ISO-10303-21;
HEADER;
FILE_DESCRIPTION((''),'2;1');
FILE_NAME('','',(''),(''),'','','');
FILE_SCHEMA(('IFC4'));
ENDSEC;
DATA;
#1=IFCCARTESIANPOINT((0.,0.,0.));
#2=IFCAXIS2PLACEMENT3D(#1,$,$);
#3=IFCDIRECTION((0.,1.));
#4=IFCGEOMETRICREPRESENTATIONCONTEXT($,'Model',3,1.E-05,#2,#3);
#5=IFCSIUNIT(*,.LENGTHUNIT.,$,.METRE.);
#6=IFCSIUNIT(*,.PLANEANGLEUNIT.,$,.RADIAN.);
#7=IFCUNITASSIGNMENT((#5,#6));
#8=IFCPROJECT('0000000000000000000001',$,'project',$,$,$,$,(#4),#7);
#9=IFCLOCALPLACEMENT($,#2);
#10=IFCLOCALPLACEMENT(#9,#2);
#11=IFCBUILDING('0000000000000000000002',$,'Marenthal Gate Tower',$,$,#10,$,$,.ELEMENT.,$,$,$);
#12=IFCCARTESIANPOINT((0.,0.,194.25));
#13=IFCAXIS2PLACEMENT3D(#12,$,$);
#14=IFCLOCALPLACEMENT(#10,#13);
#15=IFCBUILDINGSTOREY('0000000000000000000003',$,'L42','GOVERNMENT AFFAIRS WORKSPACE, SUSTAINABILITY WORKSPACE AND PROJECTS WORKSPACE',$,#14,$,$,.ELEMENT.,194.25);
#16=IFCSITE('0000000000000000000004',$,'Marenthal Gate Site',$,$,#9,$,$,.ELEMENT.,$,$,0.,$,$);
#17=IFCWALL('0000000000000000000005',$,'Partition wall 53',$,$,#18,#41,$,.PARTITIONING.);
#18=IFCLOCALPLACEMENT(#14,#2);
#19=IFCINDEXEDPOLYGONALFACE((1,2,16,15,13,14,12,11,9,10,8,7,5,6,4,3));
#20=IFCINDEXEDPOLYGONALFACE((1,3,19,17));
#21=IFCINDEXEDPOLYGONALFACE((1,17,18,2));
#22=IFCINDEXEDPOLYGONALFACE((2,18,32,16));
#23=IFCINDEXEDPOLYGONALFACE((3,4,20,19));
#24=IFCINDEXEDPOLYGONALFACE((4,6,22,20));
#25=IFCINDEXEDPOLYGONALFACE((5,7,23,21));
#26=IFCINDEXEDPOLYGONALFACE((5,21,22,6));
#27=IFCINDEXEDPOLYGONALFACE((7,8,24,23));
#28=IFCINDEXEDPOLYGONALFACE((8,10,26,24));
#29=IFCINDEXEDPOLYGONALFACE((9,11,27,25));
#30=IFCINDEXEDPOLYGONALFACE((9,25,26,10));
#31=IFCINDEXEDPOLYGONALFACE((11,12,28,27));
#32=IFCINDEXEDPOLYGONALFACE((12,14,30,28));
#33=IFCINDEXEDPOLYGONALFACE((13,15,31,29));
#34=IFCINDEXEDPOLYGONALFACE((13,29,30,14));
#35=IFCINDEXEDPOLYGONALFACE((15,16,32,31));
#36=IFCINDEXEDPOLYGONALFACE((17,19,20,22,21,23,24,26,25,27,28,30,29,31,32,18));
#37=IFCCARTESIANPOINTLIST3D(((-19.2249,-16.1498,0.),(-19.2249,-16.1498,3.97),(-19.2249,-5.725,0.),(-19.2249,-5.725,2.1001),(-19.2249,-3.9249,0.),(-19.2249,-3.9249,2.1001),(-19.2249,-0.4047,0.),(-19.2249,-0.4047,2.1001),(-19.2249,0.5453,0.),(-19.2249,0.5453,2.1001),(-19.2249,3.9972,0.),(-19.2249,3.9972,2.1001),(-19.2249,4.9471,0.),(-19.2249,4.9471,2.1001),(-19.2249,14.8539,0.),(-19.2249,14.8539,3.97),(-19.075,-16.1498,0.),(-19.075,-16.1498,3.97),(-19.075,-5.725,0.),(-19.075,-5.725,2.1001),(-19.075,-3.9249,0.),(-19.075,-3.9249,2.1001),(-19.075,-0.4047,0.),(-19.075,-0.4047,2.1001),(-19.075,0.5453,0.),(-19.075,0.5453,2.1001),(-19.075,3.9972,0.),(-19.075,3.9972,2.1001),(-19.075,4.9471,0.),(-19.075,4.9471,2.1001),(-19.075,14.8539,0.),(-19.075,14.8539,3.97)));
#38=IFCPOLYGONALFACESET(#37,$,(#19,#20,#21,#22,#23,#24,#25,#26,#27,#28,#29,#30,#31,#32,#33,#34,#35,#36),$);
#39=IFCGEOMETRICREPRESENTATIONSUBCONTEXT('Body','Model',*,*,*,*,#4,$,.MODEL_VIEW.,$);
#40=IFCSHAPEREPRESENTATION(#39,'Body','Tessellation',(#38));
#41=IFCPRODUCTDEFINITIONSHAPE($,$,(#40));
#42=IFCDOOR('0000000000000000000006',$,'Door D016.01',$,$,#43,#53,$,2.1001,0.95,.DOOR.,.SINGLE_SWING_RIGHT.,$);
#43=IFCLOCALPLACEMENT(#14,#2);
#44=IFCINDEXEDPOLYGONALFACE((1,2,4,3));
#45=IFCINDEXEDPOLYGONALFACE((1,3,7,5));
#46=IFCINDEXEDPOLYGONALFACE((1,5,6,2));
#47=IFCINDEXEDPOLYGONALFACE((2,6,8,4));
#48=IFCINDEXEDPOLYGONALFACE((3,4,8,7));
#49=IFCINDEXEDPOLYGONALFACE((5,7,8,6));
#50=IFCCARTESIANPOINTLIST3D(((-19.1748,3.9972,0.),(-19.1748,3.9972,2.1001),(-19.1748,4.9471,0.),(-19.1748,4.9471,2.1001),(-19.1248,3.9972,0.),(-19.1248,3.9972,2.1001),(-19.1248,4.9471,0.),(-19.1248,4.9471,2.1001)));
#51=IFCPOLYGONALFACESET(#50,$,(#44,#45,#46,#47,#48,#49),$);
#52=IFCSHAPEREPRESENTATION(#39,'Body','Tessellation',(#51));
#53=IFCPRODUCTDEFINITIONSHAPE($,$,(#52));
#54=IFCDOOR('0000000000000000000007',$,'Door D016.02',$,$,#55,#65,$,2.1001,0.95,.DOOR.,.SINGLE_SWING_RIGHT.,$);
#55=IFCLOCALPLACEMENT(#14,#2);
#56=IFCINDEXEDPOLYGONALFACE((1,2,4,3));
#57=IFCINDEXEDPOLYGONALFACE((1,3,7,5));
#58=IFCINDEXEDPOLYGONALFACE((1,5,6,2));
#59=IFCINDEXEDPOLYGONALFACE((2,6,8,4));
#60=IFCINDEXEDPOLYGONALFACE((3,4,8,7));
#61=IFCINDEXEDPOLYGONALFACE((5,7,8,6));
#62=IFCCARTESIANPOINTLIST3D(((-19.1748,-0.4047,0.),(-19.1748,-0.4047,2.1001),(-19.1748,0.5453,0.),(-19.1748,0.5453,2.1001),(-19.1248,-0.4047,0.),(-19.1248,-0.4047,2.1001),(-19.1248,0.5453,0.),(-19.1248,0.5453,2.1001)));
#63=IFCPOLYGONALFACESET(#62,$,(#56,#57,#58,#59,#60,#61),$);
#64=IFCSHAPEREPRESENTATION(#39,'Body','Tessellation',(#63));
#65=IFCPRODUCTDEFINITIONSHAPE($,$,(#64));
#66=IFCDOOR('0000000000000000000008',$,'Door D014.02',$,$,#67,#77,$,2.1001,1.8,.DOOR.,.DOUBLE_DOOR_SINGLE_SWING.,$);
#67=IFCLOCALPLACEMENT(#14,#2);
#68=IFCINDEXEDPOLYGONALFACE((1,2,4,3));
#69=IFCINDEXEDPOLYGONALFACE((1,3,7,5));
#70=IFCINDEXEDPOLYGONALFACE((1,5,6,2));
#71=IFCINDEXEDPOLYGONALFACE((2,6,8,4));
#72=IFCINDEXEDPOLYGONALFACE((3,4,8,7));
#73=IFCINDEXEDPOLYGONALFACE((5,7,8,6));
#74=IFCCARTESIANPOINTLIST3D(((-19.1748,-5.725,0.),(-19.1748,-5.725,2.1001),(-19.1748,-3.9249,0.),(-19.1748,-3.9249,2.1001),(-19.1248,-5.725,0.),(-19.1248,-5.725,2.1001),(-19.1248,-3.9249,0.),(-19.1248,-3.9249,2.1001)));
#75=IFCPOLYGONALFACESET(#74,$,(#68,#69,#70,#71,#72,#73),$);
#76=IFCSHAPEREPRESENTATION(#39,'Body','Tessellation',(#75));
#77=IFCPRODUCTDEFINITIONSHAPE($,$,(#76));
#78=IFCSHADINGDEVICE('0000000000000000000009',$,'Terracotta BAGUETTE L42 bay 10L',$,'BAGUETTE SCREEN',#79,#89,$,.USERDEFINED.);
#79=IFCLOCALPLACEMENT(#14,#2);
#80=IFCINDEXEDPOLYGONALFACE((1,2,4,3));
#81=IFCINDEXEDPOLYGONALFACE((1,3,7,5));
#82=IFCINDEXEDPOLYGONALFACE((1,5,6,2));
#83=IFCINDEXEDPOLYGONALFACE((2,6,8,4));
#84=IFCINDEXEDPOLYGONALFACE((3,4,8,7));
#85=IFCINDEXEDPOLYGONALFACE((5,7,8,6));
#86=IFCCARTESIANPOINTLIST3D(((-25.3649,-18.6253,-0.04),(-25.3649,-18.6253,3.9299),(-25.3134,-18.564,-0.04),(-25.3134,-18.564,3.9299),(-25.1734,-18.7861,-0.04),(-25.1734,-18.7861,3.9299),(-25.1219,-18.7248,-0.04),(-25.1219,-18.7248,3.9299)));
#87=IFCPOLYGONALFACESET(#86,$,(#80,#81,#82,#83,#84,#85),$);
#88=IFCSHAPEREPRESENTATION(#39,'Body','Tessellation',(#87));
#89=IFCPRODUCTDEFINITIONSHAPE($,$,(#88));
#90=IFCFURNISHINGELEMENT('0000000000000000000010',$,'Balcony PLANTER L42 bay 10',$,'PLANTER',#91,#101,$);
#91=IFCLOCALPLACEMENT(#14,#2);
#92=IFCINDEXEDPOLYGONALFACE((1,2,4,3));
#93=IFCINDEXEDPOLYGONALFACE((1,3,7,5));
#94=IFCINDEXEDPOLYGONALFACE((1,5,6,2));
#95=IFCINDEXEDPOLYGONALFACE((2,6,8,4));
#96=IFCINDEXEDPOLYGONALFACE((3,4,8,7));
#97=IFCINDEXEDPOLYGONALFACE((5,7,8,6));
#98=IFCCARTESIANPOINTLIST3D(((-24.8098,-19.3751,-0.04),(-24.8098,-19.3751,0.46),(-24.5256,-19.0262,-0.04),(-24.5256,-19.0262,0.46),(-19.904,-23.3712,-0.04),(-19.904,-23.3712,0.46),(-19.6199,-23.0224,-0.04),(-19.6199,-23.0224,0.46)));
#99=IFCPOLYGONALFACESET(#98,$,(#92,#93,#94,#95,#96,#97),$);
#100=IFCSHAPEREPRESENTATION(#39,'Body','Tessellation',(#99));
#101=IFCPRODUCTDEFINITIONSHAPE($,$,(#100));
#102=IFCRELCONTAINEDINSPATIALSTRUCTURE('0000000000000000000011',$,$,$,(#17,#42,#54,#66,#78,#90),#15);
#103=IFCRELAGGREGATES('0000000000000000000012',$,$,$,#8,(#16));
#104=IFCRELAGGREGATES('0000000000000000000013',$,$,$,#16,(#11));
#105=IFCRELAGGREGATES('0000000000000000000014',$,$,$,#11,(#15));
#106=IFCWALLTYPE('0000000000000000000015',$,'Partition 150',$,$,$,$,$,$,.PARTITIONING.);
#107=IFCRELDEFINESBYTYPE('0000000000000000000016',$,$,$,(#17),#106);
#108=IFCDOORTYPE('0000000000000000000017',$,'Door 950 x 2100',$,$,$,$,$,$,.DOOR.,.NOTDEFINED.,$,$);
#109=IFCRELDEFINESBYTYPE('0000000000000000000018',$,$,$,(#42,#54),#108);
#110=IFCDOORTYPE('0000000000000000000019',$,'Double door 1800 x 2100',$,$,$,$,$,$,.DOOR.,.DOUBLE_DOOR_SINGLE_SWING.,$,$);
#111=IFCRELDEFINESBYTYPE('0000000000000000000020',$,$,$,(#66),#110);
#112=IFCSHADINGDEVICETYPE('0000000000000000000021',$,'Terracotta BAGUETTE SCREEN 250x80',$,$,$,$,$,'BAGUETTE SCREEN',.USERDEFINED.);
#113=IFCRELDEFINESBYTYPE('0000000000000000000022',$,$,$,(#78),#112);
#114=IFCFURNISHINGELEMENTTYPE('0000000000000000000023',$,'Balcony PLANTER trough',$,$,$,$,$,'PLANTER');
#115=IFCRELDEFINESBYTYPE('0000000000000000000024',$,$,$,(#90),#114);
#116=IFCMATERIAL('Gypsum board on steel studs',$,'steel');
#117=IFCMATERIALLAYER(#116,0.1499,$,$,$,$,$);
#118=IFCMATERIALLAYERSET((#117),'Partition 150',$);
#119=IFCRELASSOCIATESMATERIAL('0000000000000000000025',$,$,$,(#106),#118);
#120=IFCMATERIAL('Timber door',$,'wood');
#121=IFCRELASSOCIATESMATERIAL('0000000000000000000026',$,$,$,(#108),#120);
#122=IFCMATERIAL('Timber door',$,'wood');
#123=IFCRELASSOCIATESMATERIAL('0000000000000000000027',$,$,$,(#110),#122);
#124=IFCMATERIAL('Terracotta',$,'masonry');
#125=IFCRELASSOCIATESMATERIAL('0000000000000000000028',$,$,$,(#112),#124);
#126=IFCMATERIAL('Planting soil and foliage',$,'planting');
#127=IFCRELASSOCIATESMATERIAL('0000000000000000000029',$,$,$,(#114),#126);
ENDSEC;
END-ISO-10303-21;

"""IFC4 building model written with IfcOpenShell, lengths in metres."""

from ifc_helpers import new_model, si_unit, direction, frame, frame_2d, origin, origin_2d, place, context, subcontext, project, spatial, rectangle, extrude, material, layer, layer_set, material_profile, profile_set, type_object, element, fill, save


model = new_model("IFC4")

# Units and contexts
model_context = context("Model", 3, precision=1e-05, world=origin(), true_north=direction((0.0, 1.0)))
body_context = subcontext(model_context, "Body", "Model", "MODEL_VIEW")
ifc_project = project(units=[si_unit("LENGTHUNIT", "METRE"), si_unit("PLANEANGLEUNIT", "RADIAN")], contexts=[model_context])

# Site, building, storey
site_placement = place(None, origin())
site = spatial("IfcSite", under=ifc_project, at=site_placement, Name="Marenthal Gate Site", CompositionType="ELEMENT", RefElevation=0.0)
building_placement = place(site_placement, origin())
building = spatial("IfcBuilding", under=site, at=building_placement, Name="Marenthal Gate Tower", CompositionType="ELEMENT")
storey_placement = place(building_placement, frame((0.0, 0.0, 194.25)))
storey = spatial("IfcBuildingStorey", under=building, at=storey_placement, Name="L42", Description="GOVERNMENT AFFAIRS WORKSPACE, SUSTAINABILITY WORKSPACE AND PROJECTS WORKSPACE", CompositionType="ELEMENT", Elevation=194.25)

# Wall, openings, doors
ifc_material_1 = material(Name="Gypsum board on steel studs", Category="steel")
ifc_layer_1 = layer(ifc_material_1, 0.1499)
ifc_layer_set_1 = layer_set([ifc_layer_1], Name="Partition 150")
wall_type_1 = type_object("IfcWallType", Name="Partition 150", PredefinedType="PARTITIONING", material=ifc_layer_set_1)
wall_1_placement = place(storey_placement, frame((-19.1499, -16.1499, 0.0), z_axis=(0.0, 0.0, 1.0), x_axis=(0.0, 1.0, 0.0)))
wall_1 = element("IfcWall", 1, at=wall_1_placement, inside=storey, type_object=wall_type_1, Name="Partition wall 53", PredefinedType="PARTITIONING", context=body_context, shape_type="SweptSolid", body=[
    extrude(rectangle(XDim=31.0037, YDim=0.1499, at=frame_2d((15.502, 0.0))), origin(), (0.0, 0.0, 1.0), 3.97),
])
opening_1_placement = place(wall_1_placement, frame((20.147, 0.0, 0.0)))
opening_1 = element("IfcOpeningElement", 2, at=opening_1_placement, cuts=wall_1, PredefinedType="OPENING", context=body_context, shape_type="SweptSolid", body=[
    extrude(rectangle(XDim=0.95, YDim=2.1001, at=frame_2d((0.4751, 1.05))), frame((0.0, 0.085, 0.0), z_axis=(0.0, -1.0, 0.0), x_axis=(1.0, 0.0, 0.0)), (0.0, 0.0, 1.0), 0.1699),
])
opening_2_placement = place(wall_1_placement, frame((15.7451, 0.0, 0.0)))
opening_2 = element("IfcOpeningElement", 3, at=opening_2_placement, cuts=wall_1, PredefinedType="OPENING", context=body_context, shape_type="SweptSolid", body=[
    extrude(rectangle(XDim=0.95, YDim=2.1001, at=frame_2d((0.4751, 1.05))), frame((0.0, 0.085, 0.0), z_axis=(0.0, -1.0, 0.0), x_axis=(1.0, 0.0, 0.0)), (0.0, 0.0, 1.0), 0.1699),
])
opening_3_placement = place(wall_1_placement, frame((10.425, 0.0, 0.0)))
opening_3 = element("IfcOpeningElement", 4, at=opening_3_placement, cuts=wall_1, PredefinedType="OPENING", context=body_context, shape_type="SweptSolid", body=[
    extrude(rectangle(XDim=1.8, YDim=2.1001, at=frame_2d((0.8999, 1.05))), frame((0.0, 0.085, 0.0), z_axis=(0.0, -1.0, 0.0), x_axis=(1.0, 0.0, 0.0)), (0.0, 0.0, 1.0), 0.1699),
])
ifc_material_2 = material(Name="Timber door", Category="wood")
door_type_1 = type_object("IfcDoorType", Name="Door 950 x 2100", OperationType="NOTDEFINED", PredefinedType="DOOR", material=ifc_material_2)
door_1_placement = place(opening_1_placement, origin())
door_1 = element("IfcDoor", 5, at=door_1_placement, inside=storey, type_object=door_type_1, Name="Door D016.01", OperationType="SINGLE_SWING_RIGHT", OverallHeight=2.1001, OverallWidth=0.95, PredefinedType="DOOR", context=body_context, shape_type="SweptSolid", body=[
    extrude(rectangle(XDim=0.95, YDim=2.1001, at=frame_2d((0.4751, 1.05))), frame((0.0, 0.0249, 0.0), z_axis=(0.0, -1.0, 0.0), x_axis=(1.0, 0.0, 0.0)), (0.0, 0.0, 1.0), 0.05),
])
fill(opening_1, door_1)
door_2_placement = place(opening_2_placement, origin())
door_2 = element("IfcDoor", 6, at=door_2_placement, inside=storey, type_object=door_type_1, Name="Door D016.02", OperationType="SINGLE_SWING_RIGHT", OverallHeight=2.1001, OverallWidth=0.95, PredefinedType="DOOR", context=body_context, shape_type="SweptSolid", body=[
    extrude(rectangle(XDim=0.95, YDim=2.1001, at=frame_2d((0.4751, 1.05))), frame((0.0, 0.0249, 0.0), z_axis=(0.0, -1.0, 0.0), x_axis=(1.0, 0.0, 0.0)), (0.0, 0.0, 1.0), 0.05),
])
fill(opening_2, door_2)
ifc_material_3 = material(Name="Timber door", Category="wood")
door_type_2 = type_object("IfcDoorType", Name="Double door 1800 x 2100", OperationType="DOUBLE_DOOR_SINGLE_SWING", PredefinedType="DOOR", material=ifc_material_3)
door_3_placement = place(opening_3_placement, origin())
door_3 = element("IfcDoor", 7, at=door_3_placement, inside=storey, type_object=door_type_2, Name="Door D014.02", OperationType="DOUBLE_DOOR_SINGLE_SWING", OverallHeight=2.1001, OverallWidth=1.8, PredefinedType="DOOR", context=body_context, shape_type="SweptSolid", body=[
    extrude(rectangle(XDim=1.8, YDim=2.1001, at=frame_2d((0.8999, 1.05))), frame((0.0, 0.0249, 0.0), z_axis=(0.0, -1.0, 0.0), x_axis=(1.0, 0.0, 0.0)), (0.0, 0.0, 1.0), 0.05),
])
fill(opening_3, door_3)

# Shading device
ifc_material_4 = material(Name="Terracotta", Category="masonry")
ifc_material_profile_1 = material_profile(ifc_material_4, rectangle(XDim=0.25, YDim=0.0801, at=origin_2d()), Name="Terracotta baguette 250x80")
ifc_profile_set_1 = profile_set([ifc_material_profile_1], Name="Terracotta")
shading_device_type = type_object("IfcShadingDeviceType", Name="Terracotta BAGUETTE SCREEN 250x80", ElementType="BAGUETTE SCREEN", PredefinedType="USERDEFINED", material=ifc_profile_set_1)
shading_device_placement = place(storey_placement, frame((-25.2434, -18.675, -0.04), z_axis=(0.0, 0.0, 1.0), x_axis=(0.76578, -0.643103, 0.0)))
element("IfcShadingDevice", 8, at=shading_device_placement, inside=storey, type_object=shading_device_type, Name="Terracotta BAGUETTE L42 bay 10L", ObjectType="BAGUETTE SCREEN", PredefinedType="USERDEFINED", context=body_context, shape_type="SweptSolid", body=[
    extrude(rectangle(XDim=0.25, YDim=0.0801, at=origin_2d()), origin(), (0.0, 0.0, 1.0), 3.97),
])

# Furnishing element
ifc_material_5 = material(Name="Planting soil and foliage", Category="planting")
furnishing_element_type = type_object("IfcFurnishingElementType", Name="Balcony PLANTER trough", ElementType="PLANTER", material=ifc_material_5)
furnishing_placement = place(storey_placement, frame((-22.2148, -21.1987, -0.04), z_axis=(0.0, 0.0, 1.0), x_axis=(0.775322, -0.631567, 0.0)))
element("IfcFurnishingElement", 9, at=furnishing_placement, inside=storey, type_object=furnishing_element_type, Name="Balcony PLANTER L42 bay 10", ObjectType="PLANTER", context=body_context, shape_type="SweptSolid", body=[
    extrude(rectangle(XDim=6.3274, YDim=0.45, at=origin_2d()), origin(), (0.0, 0.0, 1.0), 0.5),
])

save(model, "model.ifc")
